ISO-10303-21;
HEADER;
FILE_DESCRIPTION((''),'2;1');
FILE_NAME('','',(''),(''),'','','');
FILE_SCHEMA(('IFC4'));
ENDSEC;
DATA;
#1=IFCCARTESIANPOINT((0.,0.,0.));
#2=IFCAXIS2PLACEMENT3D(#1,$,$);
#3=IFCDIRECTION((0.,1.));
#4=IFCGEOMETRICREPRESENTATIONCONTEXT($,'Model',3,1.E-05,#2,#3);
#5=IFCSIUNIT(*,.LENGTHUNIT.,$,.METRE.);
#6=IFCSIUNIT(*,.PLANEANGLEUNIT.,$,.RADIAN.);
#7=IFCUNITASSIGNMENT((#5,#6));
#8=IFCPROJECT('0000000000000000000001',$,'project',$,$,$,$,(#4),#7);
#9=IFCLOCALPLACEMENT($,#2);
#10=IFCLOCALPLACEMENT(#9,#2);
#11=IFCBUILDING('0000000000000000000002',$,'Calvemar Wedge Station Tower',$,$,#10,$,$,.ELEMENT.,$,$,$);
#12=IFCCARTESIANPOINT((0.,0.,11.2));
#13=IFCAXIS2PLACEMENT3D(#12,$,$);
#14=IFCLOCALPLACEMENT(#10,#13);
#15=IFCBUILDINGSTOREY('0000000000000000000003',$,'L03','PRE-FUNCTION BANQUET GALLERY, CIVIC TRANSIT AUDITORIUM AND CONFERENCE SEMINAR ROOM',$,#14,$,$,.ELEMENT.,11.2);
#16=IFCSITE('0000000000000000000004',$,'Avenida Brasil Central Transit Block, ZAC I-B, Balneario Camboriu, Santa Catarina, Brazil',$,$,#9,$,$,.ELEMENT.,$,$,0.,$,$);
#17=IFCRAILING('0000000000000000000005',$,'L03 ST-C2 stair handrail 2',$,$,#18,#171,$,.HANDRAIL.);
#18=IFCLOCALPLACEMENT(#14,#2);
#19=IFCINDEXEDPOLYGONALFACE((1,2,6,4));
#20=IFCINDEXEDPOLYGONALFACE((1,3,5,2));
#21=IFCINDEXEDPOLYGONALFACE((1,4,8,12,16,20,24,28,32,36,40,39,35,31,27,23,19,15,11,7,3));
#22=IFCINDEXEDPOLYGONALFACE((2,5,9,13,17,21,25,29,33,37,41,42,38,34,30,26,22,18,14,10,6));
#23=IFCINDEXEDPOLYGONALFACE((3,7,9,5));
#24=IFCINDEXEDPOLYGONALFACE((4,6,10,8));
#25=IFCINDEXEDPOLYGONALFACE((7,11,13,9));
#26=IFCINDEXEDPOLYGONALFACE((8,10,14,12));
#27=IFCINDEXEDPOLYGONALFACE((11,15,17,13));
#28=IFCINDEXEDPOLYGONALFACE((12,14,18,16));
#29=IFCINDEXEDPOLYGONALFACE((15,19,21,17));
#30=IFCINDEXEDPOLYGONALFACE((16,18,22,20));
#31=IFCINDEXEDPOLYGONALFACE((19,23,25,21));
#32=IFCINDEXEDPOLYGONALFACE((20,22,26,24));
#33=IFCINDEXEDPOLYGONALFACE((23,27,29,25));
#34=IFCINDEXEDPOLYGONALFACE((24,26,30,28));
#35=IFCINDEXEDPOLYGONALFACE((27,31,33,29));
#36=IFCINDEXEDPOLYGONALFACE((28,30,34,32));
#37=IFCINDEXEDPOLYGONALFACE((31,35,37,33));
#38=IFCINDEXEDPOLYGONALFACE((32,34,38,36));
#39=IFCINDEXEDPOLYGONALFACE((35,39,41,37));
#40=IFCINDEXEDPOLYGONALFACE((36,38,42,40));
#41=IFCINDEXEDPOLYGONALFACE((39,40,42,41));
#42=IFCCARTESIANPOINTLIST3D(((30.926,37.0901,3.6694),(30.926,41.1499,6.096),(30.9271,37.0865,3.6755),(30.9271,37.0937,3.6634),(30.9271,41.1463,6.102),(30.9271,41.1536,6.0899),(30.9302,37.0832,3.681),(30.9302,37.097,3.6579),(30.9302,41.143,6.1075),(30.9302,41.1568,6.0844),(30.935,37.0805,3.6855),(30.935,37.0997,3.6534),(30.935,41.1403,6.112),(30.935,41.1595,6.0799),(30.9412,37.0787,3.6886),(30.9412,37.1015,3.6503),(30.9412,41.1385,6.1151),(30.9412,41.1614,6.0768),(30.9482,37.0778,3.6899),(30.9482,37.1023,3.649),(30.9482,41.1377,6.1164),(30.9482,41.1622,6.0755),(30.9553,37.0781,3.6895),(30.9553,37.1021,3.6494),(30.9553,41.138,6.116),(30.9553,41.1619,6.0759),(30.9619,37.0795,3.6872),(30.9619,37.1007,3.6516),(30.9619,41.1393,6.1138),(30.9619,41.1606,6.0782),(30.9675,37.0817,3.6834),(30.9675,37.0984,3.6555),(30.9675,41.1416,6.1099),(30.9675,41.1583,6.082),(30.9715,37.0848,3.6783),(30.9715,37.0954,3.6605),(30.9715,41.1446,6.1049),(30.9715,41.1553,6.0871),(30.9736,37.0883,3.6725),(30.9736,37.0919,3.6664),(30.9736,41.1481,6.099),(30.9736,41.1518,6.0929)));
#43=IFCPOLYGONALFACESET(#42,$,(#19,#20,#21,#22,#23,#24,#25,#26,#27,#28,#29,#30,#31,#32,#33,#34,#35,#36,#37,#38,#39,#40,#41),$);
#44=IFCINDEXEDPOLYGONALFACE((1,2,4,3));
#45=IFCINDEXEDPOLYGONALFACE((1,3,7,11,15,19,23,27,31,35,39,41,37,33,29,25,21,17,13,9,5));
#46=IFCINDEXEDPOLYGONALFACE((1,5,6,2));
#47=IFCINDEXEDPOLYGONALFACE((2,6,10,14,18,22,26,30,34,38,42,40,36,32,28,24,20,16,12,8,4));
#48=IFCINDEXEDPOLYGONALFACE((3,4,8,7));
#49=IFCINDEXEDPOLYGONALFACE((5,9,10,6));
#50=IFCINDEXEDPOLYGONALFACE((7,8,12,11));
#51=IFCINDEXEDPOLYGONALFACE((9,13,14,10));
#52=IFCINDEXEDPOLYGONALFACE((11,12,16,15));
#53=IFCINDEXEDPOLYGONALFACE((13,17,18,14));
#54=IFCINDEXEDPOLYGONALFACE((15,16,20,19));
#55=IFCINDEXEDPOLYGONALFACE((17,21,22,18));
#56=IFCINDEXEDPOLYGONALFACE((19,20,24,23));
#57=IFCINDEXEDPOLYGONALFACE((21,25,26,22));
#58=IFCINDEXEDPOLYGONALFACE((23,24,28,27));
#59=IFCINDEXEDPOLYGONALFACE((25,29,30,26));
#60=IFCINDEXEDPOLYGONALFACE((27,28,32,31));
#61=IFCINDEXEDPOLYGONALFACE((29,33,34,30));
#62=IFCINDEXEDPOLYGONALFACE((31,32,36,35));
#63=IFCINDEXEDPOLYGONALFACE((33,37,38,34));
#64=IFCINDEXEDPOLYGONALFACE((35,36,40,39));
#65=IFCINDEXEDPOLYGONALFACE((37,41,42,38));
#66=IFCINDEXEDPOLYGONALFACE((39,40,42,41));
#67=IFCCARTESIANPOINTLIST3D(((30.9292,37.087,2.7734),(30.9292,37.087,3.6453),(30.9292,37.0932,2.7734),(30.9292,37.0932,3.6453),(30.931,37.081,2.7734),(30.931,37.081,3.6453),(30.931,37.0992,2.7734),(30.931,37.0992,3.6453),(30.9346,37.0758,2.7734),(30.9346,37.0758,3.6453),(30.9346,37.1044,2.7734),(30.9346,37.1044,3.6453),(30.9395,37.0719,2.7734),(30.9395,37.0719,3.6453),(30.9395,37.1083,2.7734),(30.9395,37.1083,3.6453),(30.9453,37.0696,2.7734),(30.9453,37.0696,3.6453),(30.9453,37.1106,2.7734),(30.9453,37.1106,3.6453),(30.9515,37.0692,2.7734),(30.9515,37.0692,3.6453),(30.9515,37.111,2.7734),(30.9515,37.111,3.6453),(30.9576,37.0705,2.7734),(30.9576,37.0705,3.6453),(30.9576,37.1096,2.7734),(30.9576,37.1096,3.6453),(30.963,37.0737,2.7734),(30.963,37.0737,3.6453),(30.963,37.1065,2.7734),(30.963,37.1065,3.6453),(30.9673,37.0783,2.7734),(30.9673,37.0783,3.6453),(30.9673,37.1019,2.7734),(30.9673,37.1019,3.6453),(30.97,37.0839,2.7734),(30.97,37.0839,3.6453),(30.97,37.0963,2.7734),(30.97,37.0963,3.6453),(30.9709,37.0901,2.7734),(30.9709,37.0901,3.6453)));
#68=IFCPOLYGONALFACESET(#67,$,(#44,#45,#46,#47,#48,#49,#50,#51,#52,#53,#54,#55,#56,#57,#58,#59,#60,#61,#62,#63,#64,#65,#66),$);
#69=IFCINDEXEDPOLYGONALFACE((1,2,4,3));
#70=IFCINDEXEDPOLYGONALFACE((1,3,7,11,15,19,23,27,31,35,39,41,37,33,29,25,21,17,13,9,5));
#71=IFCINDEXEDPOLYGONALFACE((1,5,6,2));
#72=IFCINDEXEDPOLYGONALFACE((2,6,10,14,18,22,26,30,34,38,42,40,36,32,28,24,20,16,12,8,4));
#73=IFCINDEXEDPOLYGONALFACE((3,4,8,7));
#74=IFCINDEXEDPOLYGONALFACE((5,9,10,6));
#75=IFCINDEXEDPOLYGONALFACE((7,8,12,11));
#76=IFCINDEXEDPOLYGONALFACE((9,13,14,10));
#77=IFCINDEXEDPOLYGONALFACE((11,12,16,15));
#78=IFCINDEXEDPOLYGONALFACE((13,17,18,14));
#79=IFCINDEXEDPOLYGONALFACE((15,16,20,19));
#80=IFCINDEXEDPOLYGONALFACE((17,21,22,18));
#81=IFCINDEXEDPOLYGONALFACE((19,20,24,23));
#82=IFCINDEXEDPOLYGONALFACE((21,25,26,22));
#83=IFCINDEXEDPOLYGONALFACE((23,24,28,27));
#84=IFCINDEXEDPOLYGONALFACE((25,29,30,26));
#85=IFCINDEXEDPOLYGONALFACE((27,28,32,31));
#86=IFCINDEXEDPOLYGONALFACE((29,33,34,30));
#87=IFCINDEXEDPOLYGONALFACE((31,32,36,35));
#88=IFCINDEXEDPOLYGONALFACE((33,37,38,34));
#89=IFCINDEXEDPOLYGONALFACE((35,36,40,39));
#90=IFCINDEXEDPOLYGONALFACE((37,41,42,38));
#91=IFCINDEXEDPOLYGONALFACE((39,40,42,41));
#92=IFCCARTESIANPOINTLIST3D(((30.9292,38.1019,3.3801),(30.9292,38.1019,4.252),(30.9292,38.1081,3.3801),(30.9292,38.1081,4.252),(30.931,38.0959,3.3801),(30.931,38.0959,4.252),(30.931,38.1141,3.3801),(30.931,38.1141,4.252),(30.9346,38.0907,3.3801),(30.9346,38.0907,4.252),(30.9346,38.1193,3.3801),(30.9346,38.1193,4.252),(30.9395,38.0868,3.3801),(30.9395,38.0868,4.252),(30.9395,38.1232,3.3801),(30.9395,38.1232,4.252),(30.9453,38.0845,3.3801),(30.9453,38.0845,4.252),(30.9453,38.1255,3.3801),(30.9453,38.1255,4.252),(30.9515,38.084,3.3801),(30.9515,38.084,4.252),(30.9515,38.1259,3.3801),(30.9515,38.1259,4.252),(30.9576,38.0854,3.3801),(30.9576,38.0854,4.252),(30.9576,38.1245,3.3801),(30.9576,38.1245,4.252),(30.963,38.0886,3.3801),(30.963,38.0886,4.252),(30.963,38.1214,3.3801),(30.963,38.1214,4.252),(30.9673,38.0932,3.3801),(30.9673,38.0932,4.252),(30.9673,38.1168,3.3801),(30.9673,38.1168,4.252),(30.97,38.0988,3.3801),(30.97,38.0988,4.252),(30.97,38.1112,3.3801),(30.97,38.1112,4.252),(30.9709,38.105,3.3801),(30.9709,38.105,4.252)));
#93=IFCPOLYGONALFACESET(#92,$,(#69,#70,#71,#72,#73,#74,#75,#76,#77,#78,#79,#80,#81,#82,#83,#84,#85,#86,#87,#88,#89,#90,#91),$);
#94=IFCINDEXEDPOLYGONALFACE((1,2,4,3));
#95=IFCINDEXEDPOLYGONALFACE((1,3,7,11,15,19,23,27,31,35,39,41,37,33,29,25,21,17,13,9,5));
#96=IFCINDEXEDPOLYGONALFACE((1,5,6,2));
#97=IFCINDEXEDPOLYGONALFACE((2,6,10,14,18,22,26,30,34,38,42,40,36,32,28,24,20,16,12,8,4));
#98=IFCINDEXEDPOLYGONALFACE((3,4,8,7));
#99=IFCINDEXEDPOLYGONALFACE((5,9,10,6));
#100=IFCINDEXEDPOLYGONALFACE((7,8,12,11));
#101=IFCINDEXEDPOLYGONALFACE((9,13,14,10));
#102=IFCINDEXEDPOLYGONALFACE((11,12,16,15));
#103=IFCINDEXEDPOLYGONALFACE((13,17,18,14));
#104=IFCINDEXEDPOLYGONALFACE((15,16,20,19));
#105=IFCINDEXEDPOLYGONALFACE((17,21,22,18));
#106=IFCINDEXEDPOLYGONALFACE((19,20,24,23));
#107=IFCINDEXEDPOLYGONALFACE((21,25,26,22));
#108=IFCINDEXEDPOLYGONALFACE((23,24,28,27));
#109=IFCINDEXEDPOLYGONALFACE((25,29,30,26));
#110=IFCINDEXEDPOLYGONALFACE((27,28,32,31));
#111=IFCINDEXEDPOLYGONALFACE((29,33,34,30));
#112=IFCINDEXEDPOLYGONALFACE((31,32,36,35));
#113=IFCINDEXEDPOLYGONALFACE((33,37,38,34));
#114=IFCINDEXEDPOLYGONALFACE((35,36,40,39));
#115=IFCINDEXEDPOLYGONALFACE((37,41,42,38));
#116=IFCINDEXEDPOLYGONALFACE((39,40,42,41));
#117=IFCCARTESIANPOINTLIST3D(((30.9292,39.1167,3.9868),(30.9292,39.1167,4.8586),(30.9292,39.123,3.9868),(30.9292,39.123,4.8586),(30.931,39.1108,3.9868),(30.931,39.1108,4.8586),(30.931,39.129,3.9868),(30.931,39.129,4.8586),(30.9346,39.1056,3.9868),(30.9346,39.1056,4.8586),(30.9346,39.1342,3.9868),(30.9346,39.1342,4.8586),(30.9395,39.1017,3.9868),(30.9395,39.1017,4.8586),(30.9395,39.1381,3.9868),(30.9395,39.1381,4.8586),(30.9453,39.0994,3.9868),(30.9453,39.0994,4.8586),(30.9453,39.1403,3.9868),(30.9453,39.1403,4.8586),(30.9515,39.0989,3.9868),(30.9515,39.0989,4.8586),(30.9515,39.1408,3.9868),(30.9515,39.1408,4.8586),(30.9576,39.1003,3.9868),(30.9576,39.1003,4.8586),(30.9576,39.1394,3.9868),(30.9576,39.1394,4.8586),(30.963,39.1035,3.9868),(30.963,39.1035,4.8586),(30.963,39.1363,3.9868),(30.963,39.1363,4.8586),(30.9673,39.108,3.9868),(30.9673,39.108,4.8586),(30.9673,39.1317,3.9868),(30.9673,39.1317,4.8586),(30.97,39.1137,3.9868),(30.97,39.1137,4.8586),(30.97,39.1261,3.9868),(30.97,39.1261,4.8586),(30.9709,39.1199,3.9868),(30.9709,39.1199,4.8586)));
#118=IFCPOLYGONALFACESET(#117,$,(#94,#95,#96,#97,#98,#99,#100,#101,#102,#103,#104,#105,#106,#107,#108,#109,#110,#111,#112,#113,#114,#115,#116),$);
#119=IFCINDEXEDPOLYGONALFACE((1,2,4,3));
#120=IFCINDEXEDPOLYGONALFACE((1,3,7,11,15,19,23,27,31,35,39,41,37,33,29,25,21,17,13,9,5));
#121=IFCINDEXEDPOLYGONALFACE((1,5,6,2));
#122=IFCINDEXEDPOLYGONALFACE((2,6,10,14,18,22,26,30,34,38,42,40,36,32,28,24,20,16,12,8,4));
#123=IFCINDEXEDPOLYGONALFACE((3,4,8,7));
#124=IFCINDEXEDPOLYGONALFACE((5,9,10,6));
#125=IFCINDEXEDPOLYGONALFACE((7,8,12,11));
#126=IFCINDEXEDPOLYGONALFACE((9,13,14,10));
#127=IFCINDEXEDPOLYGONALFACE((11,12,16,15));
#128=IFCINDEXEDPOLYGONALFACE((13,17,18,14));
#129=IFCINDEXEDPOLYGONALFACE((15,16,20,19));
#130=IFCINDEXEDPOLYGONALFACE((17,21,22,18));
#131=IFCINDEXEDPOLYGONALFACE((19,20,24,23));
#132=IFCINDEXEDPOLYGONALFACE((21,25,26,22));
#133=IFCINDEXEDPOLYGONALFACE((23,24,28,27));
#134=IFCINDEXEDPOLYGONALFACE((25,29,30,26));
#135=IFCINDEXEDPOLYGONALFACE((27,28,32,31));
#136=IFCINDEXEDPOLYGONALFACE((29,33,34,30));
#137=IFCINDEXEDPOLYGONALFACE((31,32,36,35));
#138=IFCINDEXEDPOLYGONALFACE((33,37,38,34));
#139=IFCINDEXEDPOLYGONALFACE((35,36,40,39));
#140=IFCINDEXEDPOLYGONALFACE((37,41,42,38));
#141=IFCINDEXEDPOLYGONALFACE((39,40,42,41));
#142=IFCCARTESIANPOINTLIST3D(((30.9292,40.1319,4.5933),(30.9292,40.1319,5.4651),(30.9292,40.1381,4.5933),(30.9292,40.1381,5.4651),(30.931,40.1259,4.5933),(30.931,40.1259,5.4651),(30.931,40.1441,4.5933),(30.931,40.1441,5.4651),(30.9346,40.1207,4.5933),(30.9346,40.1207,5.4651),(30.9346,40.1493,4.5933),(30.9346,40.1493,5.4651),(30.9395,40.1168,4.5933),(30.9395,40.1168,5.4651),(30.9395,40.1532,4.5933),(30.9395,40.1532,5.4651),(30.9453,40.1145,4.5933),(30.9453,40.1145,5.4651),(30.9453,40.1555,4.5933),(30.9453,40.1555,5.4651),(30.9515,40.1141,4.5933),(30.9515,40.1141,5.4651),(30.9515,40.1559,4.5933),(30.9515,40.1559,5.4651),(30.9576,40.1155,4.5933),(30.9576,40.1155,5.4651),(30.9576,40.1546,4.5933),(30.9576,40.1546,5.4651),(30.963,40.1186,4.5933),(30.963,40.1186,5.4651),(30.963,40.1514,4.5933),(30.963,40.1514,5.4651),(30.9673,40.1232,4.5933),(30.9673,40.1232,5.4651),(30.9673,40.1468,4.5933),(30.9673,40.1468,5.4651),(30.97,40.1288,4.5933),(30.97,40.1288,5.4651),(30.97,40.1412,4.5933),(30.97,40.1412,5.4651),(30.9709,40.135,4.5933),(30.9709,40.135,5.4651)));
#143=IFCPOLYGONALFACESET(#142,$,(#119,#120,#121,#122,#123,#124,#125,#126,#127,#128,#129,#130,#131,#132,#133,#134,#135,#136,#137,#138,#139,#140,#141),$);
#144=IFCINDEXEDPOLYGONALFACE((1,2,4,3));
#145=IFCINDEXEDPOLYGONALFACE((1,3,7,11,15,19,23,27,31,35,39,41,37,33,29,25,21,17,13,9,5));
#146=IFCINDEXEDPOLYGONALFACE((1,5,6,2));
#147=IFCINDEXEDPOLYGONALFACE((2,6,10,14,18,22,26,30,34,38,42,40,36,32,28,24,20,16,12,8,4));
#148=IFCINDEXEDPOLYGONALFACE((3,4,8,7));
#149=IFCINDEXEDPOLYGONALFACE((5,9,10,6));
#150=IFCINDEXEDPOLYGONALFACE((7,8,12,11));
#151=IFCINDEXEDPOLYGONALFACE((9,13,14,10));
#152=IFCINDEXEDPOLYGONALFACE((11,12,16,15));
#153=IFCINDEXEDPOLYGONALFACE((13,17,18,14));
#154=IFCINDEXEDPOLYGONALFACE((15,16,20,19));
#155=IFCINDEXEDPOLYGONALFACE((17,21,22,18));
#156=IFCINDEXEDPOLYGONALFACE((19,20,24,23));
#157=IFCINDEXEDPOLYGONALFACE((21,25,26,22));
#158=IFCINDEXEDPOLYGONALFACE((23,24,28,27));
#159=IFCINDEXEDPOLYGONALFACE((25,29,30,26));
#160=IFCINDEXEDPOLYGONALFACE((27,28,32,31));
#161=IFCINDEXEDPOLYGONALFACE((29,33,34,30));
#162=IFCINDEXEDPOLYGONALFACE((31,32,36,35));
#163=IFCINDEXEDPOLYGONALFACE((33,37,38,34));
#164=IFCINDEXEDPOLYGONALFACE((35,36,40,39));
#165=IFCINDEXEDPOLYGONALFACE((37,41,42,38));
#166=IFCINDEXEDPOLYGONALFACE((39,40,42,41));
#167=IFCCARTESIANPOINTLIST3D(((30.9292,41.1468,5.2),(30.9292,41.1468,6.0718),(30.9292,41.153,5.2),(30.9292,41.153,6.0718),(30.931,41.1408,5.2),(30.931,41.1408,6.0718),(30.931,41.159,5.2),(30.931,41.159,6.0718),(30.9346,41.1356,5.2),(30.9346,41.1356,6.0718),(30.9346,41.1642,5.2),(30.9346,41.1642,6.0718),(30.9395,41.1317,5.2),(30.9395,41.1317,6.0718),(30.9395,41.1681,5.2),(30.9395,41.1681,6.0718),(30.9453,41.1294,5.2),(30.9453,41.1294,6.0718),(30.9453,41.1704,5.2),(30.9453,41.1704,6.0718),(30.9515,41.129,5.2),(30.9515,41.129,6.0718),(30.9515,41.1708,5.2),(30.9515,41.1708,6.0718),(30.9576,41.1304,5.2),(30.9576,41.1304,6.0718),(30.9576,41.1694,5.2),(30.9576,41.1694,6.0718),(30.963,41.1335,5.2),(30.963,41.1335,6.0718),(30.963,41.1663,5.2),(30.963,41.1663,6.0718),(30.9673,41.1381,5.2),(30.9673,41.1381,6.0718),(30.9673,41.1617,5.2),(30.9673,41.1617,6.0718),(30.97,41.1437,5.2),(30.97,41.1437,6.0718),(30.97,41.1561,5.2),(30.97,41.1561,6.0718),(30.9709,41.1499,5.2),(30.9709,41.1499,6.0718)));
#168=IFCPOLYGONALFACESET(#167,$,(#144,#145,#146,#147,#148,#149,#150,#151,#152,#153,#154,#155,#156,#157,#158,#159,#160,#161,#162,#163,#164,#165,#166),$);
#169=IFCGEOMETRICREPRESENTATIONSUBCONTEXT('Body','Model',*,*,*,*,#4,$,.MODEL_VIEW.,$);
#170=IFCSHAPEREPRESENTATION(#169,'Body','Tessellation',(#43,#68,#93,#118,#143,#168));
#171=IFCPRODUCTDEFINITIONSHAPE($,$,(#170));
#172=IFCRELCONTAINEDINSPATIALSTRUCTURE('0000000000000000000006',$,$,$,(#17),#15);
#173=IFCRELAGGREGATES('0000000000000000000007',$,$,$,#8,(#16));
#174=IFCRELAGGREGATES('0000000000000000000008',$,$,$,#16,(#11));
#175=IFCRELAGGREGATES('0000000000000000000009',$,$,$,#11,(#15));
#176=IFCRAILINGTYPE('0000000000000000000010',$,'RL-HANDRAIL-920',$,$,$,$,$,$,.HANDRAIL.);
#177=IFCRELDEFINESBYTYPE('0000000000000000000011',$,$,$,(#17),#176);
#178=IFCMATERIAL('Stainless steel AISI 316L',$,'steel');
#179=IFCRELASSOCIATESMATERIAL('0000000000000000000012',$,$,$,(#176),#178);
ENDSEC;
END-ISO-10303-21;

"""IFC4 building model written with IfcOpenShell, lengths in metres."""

from ifc_helpers import new_model, si_unit, direction, frame, origin, origin_2d, place, context, subcontext, project, spatial, circle, extrude, material, type_object, element, save


model = new_model("IFC4")

# Units and contexts
model_context = context("Model", 3, precision=1e-05, world=origin(), true_north=direction((0.0, 1.0)))
body_context = subcontext(model_context, "Body", "Model", "MODEL_VIEW")
ifc_project = project(units=[si_unit("LENGTHUNIT", "METRE"), si_unit("PLANEANGLEUNIT", "RADIAN")], contexts=[model_context])

# Site, building, storey
site_placement = place(None, origin())
site = spatial("IfcSite", under=ifc_project, at=site_placement, Name="Avenida Brasil Central Transit Block, ZAC I-B, Balneario Camboriu, Santa Catarina, Brazil", CompositionType="ELEMENT", RefElevation=0.0)
building_placement = place(site_placement, origin())
building = spatial("IfcBuilding", under=site, at=building_placement, Name="Calvemar Wedge Station Tower", CompositionType="ELEMENT")
storey_placement = place(building_placement, frame((0.0, 0.0, 11.2)))
storey = spatial("IfcBuildingStorey", under=building, at=storey_placement, Name="L03", Description="PRE-FUNCTION BANQUET GALLERY, CIVIC TRANSIT AUDITORIUM AND CONFERENCE SEMINAR ROOM", CompositionType="ELEMENT", Elevation=11.2)

# Railing
ifc_material_1 = material(Name="Stainless steel AISI 316L", Category="steel")
railing_type_1 = type_object("IfcRailingType", Name="RL-HANDRAIL-920", PredefinedType="HANDRAIL", material=ifc_material_1)
railing_1_placement = place(storey_placement, frame((30.95, 37.0901, 2.7734)))
element("IfcRailing", 1, at=railing_1_placement, inside=storey, type_object=railing_type_1, Name="L03 ST-C2 stair handrail 2", PredefinedType="HANDRAIL", context=body_context, shape_type="SweptSolid", body=[
    extrude(circle(Radius=0.0239, at=origin_2d()), frame((0.0, 0.0, 0.896), z_axis=(0.0, 0.858366, 0.513038), x_axis=(-1.0, 0.0, 0.0)), (0.0, 0.0, 1.0), 4.7297),
    extrude(circle(Radius=0.021, at=origin_2d()), origin(), (0.0, 0.0, 1.0), 0.8718),
    extrude(circle(Radius=0.021, at=origin_2d()), frame((0.0, 1.0149, 0.6067)), (0.0, 0.0, 1.0), 0.8718),
    extrude(circle(Radius=0.021, at=origin_2d()), frame((0.0, 2.0298, 1.2134)), (0.0, 0.0, 1.0), 0.8718),
    extrude(circle(Radius=0.021, at=origin_2d()), frame((0.0, 3.0449, 1.8198)), (0.0, 0.0, 1.0), 0.8718),
    extrude(circle(Radius=0.021, at=origin_2d()), frame((0.0, 4.0598, 2.4265)), (0.0, 0.0, 1.0), 0.8718),
])

save(model, "model.ifc")
